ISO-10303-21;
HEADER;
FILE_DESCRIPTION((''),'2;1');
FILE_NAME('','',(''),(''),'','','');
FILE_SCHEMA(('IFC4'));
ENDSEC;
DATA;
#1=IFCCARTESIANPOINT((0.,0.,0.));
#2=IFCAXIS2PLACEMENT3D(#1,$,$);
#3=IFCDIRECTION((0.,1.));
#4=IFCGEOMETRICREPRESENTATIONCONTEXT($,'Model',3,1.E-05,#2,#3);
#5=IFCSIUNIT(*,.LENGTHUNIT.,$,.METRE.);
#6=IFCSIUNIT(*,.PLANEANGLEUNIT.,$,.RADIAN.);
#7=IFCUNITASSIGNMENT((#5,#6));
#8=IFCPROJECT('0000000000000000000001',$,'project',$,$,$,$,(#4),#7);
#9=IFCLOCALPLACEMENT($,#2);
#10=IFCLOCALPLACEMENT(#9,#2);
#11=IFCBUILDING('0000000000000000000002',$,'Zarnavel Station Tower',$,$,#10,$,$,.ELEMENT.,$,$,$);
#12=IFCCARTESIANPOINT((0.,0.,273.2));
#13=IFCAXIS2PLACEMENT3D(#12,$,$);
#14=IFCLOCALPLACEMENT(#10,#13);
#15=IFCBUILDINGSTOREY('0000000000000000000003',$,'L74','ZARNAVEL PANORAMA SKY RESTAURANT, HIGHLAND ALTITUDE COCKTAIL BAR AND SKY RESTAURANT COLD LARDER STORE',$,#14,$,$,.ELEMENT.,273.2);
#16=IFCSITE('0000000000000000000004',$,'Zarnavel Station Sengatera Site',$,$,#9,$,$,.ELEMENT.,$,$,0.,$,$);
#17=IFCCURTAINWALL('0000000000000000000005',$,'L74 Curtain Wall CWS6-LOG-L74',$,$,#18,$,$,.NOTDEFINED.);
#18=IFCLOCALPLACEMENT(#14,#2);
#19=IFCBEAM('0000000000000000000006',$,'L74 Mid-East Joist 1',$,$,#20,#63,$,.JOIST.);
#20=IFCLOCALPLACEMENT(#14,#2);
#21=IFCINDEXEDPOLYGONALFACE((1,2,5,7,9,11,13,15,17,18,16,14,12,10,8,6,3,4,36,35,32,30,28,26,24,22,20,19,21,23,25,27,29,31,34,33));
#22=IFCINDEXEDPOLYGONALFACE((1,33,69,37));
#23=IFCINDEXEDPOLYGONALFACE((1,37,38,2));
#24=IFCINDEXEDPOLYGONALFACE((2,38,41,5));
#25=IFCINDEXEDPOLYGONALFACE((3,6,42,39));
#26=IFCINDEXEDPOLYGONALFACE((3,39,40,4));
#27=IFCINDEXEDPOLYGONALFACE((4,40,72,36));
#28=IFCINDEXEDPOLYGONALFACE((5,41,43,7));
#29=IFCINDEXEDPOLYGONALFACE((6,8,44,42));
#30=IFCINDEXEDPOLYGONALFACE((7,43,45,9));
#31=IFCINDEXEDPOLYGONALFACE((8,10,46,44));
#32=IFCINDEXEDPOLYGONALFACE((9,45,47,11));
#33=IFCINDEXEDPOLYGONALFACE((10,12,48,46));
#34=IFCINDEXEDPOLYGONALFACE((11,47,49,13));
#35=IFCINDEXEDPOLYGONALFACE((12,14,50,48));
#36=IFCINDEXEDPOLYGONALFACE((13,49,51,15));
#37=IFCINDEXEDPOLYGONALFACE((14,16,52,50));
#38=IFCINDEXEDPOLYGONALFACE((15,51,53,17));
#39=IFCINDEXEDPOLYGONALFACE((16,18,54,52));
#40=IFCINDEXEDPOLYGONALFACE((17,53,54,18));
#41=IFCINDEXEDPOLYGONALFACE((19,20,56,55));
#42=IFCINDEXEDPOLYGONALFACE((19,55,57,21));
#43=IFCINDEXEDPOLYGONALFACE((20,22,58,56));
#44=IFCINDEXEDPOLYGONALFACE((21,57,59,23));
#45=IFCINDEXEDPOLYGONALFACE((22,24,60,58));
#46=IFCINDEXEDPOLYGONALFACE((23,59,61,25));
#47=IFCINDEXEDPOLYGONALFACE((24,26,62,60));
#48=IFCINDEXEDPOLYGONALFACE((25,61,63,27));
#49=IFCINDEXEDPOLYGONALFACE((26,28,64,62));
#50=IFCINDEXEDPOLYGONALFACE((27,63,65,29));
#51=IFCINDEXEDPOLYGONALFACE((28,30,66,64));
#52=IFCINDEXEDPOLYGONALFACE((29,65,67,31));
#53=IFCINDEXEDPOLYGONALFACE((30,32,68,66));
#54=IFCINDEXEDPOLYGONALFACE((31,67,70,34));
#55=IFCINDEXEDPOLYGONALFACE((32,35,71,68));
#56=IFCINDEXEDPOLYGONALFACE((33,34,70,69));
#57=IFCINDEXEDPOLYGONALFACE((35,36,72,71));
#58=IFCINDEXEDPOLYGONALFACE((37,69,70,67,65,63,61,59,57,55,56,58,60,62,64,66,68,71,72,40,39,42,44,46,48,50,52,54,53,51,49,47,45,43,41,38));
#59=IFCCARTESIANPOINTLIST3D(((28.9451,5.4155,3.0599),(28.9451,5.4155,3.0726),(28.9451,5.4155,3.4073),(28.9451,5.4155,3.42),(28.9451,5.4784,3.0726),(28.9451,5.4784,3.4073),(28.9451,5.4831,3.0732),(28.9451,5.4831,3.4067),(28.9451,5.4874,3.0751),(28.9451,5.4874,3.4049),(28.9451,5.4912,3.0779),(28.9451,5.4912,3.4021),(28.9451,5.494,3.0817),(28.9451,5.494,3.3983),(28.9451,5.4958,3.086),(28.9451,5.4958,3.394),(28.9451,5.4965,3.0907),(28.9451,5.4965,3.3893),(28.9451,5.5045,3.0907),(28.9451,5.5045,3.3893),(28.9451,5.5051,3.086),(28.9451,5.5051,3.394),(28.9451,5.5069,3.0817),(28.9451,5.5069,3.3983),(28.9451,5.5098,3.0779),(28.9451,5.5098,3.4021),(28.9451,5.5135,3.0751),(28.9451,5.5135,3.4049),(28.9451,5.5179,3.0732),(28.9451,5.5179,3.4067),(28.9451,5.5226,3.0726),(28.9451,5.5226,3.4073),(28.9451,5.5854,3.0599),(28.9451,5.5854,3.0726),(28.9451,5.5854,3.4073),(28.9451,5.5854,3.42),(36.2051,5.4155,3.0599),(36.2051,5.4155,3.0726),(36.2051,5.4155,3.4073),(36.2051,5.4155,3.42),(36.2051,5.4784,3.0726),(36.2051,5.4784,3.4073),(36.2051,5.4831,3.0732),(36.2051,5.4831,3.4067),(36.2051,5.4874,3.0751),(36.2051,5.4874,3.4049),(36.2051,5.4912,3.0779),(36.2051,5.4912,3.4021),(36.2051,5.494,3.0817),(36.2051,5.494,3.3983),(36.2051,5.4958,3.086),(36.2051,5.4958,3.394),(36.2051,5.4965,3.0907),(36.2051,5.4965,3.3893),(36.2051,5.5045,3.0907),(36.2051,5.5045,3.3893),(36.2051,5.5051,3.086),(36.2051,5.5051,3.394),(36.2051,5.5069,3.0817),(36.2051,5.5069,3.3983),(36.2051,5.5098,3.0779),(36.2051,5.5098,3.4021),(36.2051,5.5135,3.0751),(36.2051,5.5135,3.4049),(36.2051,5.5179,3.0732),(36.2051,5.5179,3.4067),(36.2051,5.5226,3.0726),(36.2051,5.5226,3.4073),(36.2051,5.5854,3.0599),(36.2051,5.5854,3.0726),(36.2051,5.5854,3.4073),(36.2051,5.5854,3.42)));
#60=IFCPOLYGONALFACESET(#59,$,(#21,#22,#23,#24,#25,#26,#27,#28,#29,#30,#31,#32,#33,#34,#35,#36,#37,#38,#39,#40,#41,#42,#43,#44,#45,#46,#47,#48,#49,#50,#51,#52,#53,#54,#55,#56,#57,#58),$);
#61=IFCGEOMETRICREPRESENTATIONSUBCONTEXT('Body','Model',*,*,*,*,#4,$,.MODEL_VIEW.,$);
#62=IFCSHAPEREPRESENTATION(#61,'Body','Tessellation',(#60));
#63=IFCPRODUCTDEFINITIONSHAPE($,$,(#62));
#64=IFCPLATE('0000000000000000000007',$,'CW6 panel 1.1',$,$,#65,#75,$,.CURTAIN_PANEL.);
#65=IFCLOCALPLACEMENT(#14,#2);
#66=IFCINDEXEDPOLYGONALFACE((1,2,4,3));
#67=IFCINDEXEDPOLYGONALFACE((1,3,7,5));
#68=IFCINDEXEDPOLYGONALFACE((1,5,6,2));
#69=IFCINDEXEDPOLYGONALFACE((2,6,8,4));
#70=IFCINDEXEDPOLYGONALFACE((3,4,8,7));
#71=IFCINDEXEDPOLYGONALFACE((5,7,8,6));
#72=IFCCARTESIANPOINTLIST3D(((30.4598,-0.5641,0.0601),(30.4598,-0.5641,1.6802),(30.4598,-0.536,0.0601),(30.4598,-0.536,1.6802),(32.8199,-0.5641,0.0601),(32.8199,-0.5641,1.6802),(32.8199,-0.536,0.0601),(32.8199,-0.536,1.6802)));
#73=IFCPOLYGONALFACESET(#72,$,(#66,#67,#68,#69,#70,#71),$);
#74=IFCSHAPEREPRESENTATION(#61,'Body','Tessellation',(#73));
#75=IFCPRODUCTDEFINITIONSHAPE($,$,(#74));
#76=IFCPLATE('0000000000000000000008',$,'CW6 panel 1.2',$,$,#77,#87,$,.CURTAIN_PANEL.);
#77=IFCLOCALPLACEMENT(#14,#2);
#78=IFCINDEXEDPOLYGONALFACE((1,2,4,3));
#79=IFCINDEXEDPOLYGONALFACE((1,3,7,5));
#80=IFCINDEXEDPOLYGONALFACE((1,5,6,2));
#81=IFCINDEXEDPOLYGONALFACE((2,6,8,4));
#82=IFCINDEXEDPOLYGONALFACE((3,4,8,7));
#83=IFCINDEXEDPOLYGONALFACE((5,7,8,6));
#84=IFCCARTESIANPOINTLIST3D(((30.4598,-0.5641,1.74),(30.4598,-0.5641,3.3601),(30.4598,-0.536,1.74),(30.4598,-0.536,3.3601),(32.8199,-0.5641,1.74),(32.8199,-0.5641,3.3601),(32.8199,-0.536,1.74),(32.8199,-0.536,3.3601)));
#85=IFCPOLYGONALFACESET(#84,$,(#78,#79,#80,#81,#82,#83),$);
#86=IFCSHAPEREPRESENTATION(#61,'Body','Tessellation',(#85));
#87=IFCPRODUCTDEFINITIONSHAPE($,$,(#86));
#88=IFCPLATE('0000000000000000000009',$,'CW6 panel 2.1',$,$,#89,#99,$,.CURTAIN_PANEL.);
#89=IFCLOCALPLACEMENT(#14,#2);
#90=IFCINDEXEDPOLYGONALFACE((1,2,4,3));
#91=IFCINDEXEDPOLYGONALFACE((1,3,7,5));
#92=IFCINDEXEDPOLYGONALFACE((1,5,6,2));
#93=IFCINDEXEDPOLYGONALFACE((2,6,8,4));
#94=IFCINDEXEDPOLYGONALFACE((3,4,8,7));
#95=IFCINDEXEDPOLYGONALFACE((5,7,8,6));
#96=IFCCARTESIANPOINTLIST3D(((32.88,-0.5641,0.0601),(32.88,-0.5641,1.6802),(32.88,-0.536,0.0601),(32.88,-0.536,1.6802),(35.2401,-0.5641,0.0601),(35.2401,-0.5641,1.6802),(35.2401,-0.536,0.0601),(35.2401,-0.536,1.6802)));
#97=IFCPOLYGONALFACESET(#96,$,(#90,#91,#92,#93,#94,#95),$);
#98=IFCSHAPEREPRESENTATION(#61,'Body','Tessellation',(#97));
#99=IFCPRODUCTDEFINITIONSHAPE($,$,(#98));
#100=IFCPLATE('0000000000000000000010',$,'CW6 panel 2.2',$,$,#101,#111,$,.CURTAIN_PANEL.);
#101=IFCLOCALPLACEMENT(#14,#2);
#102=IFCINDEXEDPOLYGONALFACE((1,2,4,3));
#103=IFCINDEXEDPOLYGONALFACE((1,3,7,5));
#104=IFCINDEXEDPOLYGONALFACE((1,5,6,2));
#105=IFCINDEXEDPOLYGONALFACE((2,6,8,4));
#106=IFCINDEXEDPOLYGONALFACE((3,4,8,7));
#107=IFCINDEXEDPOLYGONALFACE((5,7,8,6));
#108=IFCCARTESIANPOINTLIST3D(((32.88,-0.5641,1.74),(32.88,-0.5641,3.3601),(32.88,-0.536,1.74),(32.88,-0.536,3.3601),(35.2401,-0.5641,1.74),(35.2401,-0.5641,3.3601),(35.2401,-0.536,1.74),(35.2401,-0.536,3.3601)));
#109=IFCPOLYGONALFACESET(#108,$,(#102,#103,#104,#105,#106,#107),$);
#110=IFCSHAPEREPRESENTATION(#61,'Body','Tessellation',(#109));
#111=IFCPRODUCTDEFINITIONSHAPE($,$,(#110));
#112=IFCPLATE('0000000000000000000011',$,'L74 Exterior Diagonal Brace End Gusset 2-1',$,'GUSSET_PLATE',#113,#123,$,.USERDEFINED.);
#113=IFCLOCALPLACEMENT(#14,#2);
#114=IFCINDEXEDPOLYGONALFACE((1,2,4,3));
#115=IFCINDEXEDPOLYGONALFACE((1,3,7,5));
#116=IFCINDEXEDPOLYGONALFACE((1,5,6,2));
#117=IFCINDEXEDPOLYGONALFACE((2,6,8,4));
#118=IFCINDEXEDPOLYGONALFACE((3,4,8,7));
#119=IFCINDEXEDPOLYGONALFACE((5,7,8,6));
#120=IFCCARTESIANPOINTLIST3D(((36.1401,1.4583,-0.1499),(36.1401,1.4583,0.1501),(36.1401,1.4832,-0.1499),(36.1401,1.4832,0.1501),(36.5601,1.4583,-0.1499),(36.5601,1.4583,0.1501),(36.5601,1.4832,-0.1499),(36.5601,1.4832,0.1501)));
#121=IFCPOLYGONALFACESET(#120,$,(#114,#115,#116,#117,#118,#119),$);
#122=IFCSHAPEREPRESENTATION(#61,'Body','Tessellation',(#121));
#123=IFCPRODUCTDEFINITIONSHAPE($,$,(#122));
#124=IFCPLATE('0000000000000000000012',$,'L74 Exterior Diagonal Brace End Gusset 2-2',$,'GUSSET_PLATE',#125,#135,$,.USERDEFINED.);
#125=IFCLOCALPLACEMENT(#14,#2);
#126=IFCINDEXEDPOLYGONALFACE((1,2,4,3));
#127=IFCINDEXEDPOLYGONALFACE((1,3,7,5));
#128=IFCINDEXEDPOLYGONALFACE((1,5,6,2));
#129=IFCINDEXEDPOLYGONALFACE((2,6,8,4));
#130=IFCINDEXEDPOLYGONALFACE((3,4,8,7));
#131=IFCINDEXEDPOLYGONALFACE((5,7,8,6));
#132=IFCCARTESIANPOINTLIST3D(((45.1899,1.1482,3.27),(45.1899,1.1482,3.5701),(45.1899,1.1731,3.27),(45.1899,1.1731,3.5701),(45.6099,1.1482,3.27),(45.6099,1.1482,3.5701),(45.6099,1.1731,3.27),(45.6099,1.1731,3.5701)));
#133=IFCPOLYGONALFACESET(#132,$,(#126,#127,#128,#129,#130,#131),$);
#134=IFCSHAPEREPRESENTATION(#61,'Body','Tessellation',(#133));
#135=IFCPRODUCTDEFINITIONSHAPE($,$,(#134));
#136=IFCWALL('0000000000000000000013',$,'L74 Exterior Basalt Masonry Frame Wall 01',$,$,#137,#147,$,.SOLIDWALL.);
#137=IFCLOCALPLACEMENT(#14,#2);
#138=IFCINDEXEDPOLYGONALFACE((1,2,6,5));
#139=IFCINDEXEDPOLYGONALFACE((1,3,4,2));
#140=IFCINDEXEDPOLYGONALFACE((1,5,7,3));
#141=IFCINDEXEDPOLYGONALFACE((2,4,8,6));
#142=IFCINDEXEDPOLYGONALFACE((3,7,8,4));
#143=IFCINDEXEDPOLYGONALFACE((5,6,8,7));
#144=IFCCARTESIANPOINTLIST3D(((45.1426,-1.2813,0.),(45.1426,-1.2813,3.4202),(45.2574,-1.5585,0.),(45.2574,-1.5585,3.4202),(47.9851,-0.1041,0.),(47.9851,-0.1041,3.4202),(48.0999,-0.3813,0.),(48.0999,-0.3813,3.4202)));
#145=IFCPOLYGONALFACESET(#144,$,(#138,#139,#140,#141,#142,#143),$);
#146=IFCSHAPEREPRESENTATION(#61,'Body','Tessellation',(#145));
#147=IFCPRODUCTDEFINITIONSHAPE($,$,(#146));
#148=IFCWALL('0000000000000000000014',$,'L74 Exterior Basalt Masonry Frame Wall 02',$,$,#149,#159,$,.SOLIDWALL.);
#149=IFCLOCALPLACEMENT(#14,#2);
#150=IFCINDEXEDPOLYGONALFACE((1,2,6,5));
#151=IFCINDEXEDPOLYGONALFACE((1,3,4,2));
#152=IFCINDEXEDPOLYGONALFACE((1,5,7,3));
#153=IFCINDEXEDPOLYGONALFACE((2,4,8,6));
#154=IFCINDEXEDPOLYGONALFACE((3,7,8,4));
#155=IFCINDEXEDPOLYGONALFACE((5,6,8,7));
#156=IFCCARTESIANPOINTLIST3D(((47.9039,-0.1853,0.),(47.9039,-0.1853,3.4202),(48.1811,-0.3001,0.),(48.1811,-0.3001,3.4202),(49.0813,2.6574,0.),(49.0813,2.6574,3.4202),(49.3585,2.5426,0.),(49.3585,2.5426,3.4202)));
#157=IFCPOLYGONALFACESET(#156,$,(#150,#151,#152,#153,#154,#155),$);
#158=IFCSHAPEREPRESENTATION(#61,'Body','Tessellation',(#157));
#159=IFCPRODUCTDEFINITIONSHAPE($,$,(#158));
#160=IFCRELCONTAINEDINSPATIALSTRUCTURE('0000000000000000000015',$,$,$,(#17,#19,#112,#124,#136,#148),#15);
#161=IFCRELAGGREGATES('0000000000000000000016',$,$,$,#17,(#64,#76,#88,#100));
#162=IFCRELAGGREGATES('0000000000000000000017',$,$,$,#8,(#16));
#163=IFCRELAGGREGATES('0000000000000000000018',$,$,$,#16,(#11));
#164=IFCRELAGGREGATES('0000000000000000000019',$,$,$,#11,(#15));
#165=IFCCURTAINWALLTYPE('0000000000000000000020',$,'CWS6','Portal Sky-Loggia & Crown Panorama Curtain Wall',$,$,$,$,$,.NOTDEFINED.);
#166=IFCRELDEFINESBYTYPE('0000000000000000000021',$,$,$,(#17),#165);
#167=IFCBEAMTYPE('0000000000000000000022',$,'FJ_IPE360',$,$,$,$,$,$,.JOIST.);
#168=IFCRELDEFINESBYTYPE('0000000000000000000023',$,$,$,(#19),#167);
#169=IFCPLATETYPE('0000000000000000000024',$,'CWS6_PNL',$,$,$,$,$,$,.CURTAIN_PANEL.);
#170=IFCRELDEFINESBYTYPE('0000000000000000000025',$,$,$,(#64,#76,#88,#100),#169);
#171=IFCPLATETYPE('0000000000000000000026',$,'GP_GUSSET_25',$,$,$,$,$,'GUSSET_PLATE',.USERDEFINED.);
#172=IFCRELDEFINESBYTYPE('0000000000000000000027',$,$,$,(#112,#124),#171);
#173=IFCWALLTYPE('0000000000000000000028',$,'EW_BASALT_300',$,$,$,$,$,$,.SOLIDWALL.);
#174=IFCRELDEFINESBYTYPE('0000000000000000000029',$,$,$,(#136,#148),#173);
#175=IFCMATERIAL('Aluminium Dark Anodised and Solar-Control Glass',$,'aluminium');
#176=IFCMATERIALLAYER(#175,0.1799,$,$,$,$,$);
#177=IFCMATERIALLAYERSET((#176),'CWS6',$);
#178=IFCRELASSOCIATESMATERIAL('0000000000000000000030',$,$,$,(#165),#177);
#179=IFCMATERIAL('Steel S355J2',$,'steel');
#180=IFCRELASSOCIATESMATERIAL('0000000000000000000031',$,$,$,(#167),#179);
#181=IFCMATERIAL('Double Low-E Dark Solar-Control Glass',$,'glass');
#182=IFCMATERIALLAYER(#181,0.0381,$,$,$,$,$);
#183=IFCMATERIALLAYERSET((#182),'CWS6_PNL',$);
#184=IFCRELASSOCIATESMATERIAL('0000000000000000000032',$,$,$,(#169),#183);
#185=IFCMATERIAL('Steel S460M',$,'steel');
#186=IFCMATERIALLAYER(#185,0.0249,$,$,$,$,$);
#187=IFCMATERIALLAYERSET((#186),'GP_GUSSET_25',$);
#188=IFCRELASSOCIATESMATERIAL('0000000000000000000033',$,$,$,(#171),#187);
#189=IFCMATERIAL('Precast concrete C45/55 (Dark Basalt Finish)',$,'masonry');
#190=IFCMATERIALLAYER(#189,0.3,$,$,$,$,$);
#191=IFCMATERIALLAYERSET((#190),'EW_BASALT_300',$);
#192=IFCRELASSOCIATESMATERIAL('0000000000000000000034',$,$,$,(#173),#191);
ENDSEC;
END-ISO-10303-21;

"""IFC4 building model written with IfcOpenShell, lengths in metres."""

from ifc_helpers import new_model, si_unit, direction, frame, frame_2d, origin, origin_2d, place, context, subcontext, project, spatial, rectangle, i_section, extrude, material, layer, layer_set, material_profile, profile_set, type_object, element, aggregate, save


model = new_model("IFC4")

# Units and contexts
model_context = context("Model", 3, precision=1e-05, world=origin(), true_north=direction((0.0, 1.0)))
body_context = subcontext(model_context, "Body", "Model", "MODEL_VIEW")
ifc_project = project(units=[si_unit("LENGTHUNIT", "METRE"), si_unit("PLANEANGLEUNIT", "RADIAN")], contexts=[model_context])

# Site, building, storey
site_placement = place(None, origin())
site = spatial("IfcSite", under=ifc_project, at=site_placement, Name="Zarnavel Station Sengatera Site", CompositionType="ELEMENT", RefElevation=0.0)
building_placement = place(site_placement, origin())
building = spatial("IfcBuilding", under=site, at=building_placement, Name="Zarnavel Station Tower", CompositionType="ELEMENT")
storey_placement = place(building_placement, frame((0.0, 0.0, 273.2)))
storey = spatial("IfcBuildingStorey", under=building, at=storey_placement, Name="L74", Description="ZARNAVEL PANORAMA SKY RESTAURANT, HIGHLAND ALTITUDE COCKTAIL BAR AND SKY RESTAURANT COLD LARDER STORE", CompositionType="ELEMENT", Elevation=273.2)

# Curtain wall
ifc_material_1 = material(Name="Aluminium Dark Anodised and Solar-Control Glass", Category="aluminium")
ifc_layer_1 = layer(ifc_material_1, 0.1799)
ifc_layer_set_1 = layer_set([ifc_layer_1], Name="CWS6")
curtain_wall_type = type_object("IfcCurtainWallType", Name="CWS6", Description="Portal Sky-Loggia & Crown Panorama Curtain Wall", PredefinedType="NOTDEFINED", material=ifc_layer_set_1)
curtain_wall_placement = place(storey_placement, origin())
curtain_wall = element("IfcCurtainWall", 1, at=curtain_wall_placement, inside=storey, type_object=curtain_wall_type, Name="L74 Curtain Wall CWS6-LOG-L74", PredefinedType="NOTDEFINED")

# Beam
ifc_material_2 = material(Name="Steel S355J2", Category="steel")
ifc_material_profile_1 = material_profile(ifc_material_2, i_section(OverallWidth=0.1699, OverallDepth=0.3601, WebThickness=0.0081, FlangeThickness=0.0127, FilletRadius=0.0181, at=origin_2d()), Name="IPE360")
ifc_profile_set_1 = profile_set([ifc_material_profile_1], Name="Steel S355J2")
beam_type_1 = type_object("IfcBeamType", Name="FJ_IPE360", PredefinedType="JOIST", material=ifc_profile_set_1)
beam_1_placement = place(storey_placement, frame((28.9451, 5.5005, 3.24), z_axis=(1.0, 0.0, 0.0), x_axis=(0.0, 1.0, 0.0)))
element("IfcBeam", 2, at=beam_1_placement, inside=storey, type_object=beam_type_1, Name="L74 Mid-East Joist 1", PredefinedType="JOIST", context=body_context, shape_type="SweptSolid", body=[
    extrude(i_section(OverallWidth=0.1699, OverallDepth=0.3601, WebThickness=0.0081, FlangeThickness=0.0127, FilletRadius=0.0181, at=origin_2d()), origin(), (0.0, 0.0, 1.0), 7.26),
])

# Plates
ifc_material_3 = material(Name="Double Low-E Dark Solar-Control Glass", Category="glass")
ifc_layer_2 = layer(ifc_material_3, 0.0381)
ifc_layer_set_2 = layer_set([ifc_layer_2], Name="CWS6_PNL")
plate_type_1 = type_object("IfcPlateType", Name="CWS6_PNL", PredefinedType="CURTAIN_PANEL", material=ifc_layer_set_2)
plate_1_placement = place(storey_placement, frame((31.6399, -0.55, 0.0601), z_axis=(0.0, 0.0, 1.0), x_axis=(1.0, 0.0, 0.0)))
plate_1 = element("IfcPlate", 3, at=plate_1_placement, type_object=plate_type_1, Name="CW6 panel 1.1", PredefinedType="CURTAIN_PANEL", context=body_context, shape_type="SweptSolid", body=[
    extrude(rectangle(XDim=2.3601, YDim=0.0281, at=origin_2d()), origin(), (0.0, 0.0, 1.0), 1.6201),
])
plate_2_placement = place(storey_placement, frame((31.6399, -0.55, 1.74), z_axis=(0.0, 0.0, 1.0), x_axis=(1.0, 0.0, 0.0)))
plate_2 = element("IfcPlate", 4, at=plate_2_placement, type_object=plate_type_1, Name="CW6 panel 1.2", PredefinedType="CURTAIN_PANEL", context=body_context, shape_type="SweptSolid", body=[
    extrude(rectangle(XDim=2.3601, YDim=0.0281, at=origin_2d()), origin(), (0.0, 0.0, 1.0), 1.6201),
])
plate_3_placement = place(storey_placement, frame((34.0601, -0.55, 0.0601), z_axis=(0.0, 0.0, 1.0), x_axis=(1.0, 0.0, 0.0)))
plate_3 = element("IfcPlate", 5, at=plate_3_placement, type_object=plate_type_1, Name="CW6 panel 2.1", PredefinedType="CURTAIN_PANEL", context=body_context, shape_type="SweptSolid", body=[
    extrude(rectangle(XDim=2.3601, YDim=0.0281, at=origin_2d()), origin(), (0.0, 0.0, 1.0), 1.6201),
])
plate_4_placement = place(storey_placement, frame((34.0601, -0.55, 1.74), z_axis=(0.0, 0.0, 1.0), x_axis=(1.0, 0.0, 0.0)))
plate_4 = element("IfcPlate", 6, at=plate_4_placement, type_object=plate_type_1, Name="CW6 panel 2.2", PredefinedType="CURTAIN_PANEL", context=body_context, shape_type="SweptSolid", body=[
    extrude(rectangle(XDim=2.3601, YDim=0.0281, at=origin_2d()), origin(), (0.0, 0.0, 1.0), 1.6201),
])
aggregate(curtain_wall, [plate_1, plate_2, plate_3, plate_4])

# Plates
ifc_material_4 = material(Name="Steel S460M", Category="steel")
ifc_layer_3 = layer(ifc_material_4, 0.0249)
ifc_layer_set_3 = layer_set([ifc_layer_3], Name="GP_GUSSET_25")
plate_type_2 = type_object("IfcPlateType", Name="GP_GUSSET_25", ElementType="GUSSET_PLATE", PredefinedType="USERDEFINED", material=ifc_layer_set_3)
for number, where, z_axis, x_axis, name in (
    (7, (36.3501, 1.4707, -0.1499), (0.0, 0.0, 1.0), (1.0, 0.0, 0.0), "L74 Exterior Diagonal Brace End Gusset 2-1"),
    (8, (45.3999, 1.1606, 3.27), (0.0, 0.0, 1.0), (1.0, 0.0, 0.0), "L74 Exterior Diagonal Brace End Gusset 2-2"),
):
    element("IfcPlate", number, at=place(storey_placement, frame(where, z_axis=z_axis, x_axis=x_axis)), inside=storey, type_object=plate_type_2, Name=name, ObjectType="GUSSET_PLATE", PredefinedType="USERDEFINED", context=body_context, shape_type="SweptSolid", body=[
        extrude(rectangle(XDim=0.4199, YDim=0.0249, at=origin_2d()), origin(), (0.0, 0.0, 1.0), 0.3),
    ])

# Walls
ifc_material_5 = material(Name="Precast concrete C45/55 (Dark Basalt Finish)", Category="masonry")
ifc_layer_4 = layer(ifc_material_5, 0.3)
ifc_layer_set_4 = layer_set([ifc_layer_4], Name="EW_BASALT_300")
wall_type_1 = type_object("IfcWallType", Name="EW_BASALT_300", PredefinedType="SOLIDWALL", material=ifc_layer_set_4)
wall_1_placement = place(storey_placement, frame((48.0425, -0.2427, 0.0), z_axis=(0.0, 0.0, 1.0), x_axis=(-0.923899, -0.382637, 0.0)))
element("IfcWall", 9, at=wall_1_placement, inside=storey, type_object=wall_type_1, Name="L74 Exterior Basalt Masonry Frame Wall 01", PredefinedType="SOLIDWALL", context=body_context, shape_type="SweptSolid", body=[
    extrude(rectangle(XDim=3.0767, YDim=0.3, at=frame_2d((1.5383, 0.0))), origin(), (0.0, 0.0, 1.0), 3.4202),
])
wall_2_placement = place(storey_placement, frame((49.22, 2.6001, 0.0), z_axis=(0.0, 0.0, 1.0), x_axis=(-0.382676, -0.923882, 0.0)))
element("IfcWall", 10, at=wall_2_placement, inside=storey, type_object=wall_type_1, Name="L74 Exterior Basalt Masonry Frame Wall 02", PredefinedType="SOLIDWALL", context=body_context, shape_type="SweptSolid", body=[
    extrude(rectangle(XDim=3.0769, YDim=0.3, at=frame_2d((1.5386, 0.0))), origin(), (0.0, 0.0, 1.0), 3.4202),
])

save(model, "model.ifc")
